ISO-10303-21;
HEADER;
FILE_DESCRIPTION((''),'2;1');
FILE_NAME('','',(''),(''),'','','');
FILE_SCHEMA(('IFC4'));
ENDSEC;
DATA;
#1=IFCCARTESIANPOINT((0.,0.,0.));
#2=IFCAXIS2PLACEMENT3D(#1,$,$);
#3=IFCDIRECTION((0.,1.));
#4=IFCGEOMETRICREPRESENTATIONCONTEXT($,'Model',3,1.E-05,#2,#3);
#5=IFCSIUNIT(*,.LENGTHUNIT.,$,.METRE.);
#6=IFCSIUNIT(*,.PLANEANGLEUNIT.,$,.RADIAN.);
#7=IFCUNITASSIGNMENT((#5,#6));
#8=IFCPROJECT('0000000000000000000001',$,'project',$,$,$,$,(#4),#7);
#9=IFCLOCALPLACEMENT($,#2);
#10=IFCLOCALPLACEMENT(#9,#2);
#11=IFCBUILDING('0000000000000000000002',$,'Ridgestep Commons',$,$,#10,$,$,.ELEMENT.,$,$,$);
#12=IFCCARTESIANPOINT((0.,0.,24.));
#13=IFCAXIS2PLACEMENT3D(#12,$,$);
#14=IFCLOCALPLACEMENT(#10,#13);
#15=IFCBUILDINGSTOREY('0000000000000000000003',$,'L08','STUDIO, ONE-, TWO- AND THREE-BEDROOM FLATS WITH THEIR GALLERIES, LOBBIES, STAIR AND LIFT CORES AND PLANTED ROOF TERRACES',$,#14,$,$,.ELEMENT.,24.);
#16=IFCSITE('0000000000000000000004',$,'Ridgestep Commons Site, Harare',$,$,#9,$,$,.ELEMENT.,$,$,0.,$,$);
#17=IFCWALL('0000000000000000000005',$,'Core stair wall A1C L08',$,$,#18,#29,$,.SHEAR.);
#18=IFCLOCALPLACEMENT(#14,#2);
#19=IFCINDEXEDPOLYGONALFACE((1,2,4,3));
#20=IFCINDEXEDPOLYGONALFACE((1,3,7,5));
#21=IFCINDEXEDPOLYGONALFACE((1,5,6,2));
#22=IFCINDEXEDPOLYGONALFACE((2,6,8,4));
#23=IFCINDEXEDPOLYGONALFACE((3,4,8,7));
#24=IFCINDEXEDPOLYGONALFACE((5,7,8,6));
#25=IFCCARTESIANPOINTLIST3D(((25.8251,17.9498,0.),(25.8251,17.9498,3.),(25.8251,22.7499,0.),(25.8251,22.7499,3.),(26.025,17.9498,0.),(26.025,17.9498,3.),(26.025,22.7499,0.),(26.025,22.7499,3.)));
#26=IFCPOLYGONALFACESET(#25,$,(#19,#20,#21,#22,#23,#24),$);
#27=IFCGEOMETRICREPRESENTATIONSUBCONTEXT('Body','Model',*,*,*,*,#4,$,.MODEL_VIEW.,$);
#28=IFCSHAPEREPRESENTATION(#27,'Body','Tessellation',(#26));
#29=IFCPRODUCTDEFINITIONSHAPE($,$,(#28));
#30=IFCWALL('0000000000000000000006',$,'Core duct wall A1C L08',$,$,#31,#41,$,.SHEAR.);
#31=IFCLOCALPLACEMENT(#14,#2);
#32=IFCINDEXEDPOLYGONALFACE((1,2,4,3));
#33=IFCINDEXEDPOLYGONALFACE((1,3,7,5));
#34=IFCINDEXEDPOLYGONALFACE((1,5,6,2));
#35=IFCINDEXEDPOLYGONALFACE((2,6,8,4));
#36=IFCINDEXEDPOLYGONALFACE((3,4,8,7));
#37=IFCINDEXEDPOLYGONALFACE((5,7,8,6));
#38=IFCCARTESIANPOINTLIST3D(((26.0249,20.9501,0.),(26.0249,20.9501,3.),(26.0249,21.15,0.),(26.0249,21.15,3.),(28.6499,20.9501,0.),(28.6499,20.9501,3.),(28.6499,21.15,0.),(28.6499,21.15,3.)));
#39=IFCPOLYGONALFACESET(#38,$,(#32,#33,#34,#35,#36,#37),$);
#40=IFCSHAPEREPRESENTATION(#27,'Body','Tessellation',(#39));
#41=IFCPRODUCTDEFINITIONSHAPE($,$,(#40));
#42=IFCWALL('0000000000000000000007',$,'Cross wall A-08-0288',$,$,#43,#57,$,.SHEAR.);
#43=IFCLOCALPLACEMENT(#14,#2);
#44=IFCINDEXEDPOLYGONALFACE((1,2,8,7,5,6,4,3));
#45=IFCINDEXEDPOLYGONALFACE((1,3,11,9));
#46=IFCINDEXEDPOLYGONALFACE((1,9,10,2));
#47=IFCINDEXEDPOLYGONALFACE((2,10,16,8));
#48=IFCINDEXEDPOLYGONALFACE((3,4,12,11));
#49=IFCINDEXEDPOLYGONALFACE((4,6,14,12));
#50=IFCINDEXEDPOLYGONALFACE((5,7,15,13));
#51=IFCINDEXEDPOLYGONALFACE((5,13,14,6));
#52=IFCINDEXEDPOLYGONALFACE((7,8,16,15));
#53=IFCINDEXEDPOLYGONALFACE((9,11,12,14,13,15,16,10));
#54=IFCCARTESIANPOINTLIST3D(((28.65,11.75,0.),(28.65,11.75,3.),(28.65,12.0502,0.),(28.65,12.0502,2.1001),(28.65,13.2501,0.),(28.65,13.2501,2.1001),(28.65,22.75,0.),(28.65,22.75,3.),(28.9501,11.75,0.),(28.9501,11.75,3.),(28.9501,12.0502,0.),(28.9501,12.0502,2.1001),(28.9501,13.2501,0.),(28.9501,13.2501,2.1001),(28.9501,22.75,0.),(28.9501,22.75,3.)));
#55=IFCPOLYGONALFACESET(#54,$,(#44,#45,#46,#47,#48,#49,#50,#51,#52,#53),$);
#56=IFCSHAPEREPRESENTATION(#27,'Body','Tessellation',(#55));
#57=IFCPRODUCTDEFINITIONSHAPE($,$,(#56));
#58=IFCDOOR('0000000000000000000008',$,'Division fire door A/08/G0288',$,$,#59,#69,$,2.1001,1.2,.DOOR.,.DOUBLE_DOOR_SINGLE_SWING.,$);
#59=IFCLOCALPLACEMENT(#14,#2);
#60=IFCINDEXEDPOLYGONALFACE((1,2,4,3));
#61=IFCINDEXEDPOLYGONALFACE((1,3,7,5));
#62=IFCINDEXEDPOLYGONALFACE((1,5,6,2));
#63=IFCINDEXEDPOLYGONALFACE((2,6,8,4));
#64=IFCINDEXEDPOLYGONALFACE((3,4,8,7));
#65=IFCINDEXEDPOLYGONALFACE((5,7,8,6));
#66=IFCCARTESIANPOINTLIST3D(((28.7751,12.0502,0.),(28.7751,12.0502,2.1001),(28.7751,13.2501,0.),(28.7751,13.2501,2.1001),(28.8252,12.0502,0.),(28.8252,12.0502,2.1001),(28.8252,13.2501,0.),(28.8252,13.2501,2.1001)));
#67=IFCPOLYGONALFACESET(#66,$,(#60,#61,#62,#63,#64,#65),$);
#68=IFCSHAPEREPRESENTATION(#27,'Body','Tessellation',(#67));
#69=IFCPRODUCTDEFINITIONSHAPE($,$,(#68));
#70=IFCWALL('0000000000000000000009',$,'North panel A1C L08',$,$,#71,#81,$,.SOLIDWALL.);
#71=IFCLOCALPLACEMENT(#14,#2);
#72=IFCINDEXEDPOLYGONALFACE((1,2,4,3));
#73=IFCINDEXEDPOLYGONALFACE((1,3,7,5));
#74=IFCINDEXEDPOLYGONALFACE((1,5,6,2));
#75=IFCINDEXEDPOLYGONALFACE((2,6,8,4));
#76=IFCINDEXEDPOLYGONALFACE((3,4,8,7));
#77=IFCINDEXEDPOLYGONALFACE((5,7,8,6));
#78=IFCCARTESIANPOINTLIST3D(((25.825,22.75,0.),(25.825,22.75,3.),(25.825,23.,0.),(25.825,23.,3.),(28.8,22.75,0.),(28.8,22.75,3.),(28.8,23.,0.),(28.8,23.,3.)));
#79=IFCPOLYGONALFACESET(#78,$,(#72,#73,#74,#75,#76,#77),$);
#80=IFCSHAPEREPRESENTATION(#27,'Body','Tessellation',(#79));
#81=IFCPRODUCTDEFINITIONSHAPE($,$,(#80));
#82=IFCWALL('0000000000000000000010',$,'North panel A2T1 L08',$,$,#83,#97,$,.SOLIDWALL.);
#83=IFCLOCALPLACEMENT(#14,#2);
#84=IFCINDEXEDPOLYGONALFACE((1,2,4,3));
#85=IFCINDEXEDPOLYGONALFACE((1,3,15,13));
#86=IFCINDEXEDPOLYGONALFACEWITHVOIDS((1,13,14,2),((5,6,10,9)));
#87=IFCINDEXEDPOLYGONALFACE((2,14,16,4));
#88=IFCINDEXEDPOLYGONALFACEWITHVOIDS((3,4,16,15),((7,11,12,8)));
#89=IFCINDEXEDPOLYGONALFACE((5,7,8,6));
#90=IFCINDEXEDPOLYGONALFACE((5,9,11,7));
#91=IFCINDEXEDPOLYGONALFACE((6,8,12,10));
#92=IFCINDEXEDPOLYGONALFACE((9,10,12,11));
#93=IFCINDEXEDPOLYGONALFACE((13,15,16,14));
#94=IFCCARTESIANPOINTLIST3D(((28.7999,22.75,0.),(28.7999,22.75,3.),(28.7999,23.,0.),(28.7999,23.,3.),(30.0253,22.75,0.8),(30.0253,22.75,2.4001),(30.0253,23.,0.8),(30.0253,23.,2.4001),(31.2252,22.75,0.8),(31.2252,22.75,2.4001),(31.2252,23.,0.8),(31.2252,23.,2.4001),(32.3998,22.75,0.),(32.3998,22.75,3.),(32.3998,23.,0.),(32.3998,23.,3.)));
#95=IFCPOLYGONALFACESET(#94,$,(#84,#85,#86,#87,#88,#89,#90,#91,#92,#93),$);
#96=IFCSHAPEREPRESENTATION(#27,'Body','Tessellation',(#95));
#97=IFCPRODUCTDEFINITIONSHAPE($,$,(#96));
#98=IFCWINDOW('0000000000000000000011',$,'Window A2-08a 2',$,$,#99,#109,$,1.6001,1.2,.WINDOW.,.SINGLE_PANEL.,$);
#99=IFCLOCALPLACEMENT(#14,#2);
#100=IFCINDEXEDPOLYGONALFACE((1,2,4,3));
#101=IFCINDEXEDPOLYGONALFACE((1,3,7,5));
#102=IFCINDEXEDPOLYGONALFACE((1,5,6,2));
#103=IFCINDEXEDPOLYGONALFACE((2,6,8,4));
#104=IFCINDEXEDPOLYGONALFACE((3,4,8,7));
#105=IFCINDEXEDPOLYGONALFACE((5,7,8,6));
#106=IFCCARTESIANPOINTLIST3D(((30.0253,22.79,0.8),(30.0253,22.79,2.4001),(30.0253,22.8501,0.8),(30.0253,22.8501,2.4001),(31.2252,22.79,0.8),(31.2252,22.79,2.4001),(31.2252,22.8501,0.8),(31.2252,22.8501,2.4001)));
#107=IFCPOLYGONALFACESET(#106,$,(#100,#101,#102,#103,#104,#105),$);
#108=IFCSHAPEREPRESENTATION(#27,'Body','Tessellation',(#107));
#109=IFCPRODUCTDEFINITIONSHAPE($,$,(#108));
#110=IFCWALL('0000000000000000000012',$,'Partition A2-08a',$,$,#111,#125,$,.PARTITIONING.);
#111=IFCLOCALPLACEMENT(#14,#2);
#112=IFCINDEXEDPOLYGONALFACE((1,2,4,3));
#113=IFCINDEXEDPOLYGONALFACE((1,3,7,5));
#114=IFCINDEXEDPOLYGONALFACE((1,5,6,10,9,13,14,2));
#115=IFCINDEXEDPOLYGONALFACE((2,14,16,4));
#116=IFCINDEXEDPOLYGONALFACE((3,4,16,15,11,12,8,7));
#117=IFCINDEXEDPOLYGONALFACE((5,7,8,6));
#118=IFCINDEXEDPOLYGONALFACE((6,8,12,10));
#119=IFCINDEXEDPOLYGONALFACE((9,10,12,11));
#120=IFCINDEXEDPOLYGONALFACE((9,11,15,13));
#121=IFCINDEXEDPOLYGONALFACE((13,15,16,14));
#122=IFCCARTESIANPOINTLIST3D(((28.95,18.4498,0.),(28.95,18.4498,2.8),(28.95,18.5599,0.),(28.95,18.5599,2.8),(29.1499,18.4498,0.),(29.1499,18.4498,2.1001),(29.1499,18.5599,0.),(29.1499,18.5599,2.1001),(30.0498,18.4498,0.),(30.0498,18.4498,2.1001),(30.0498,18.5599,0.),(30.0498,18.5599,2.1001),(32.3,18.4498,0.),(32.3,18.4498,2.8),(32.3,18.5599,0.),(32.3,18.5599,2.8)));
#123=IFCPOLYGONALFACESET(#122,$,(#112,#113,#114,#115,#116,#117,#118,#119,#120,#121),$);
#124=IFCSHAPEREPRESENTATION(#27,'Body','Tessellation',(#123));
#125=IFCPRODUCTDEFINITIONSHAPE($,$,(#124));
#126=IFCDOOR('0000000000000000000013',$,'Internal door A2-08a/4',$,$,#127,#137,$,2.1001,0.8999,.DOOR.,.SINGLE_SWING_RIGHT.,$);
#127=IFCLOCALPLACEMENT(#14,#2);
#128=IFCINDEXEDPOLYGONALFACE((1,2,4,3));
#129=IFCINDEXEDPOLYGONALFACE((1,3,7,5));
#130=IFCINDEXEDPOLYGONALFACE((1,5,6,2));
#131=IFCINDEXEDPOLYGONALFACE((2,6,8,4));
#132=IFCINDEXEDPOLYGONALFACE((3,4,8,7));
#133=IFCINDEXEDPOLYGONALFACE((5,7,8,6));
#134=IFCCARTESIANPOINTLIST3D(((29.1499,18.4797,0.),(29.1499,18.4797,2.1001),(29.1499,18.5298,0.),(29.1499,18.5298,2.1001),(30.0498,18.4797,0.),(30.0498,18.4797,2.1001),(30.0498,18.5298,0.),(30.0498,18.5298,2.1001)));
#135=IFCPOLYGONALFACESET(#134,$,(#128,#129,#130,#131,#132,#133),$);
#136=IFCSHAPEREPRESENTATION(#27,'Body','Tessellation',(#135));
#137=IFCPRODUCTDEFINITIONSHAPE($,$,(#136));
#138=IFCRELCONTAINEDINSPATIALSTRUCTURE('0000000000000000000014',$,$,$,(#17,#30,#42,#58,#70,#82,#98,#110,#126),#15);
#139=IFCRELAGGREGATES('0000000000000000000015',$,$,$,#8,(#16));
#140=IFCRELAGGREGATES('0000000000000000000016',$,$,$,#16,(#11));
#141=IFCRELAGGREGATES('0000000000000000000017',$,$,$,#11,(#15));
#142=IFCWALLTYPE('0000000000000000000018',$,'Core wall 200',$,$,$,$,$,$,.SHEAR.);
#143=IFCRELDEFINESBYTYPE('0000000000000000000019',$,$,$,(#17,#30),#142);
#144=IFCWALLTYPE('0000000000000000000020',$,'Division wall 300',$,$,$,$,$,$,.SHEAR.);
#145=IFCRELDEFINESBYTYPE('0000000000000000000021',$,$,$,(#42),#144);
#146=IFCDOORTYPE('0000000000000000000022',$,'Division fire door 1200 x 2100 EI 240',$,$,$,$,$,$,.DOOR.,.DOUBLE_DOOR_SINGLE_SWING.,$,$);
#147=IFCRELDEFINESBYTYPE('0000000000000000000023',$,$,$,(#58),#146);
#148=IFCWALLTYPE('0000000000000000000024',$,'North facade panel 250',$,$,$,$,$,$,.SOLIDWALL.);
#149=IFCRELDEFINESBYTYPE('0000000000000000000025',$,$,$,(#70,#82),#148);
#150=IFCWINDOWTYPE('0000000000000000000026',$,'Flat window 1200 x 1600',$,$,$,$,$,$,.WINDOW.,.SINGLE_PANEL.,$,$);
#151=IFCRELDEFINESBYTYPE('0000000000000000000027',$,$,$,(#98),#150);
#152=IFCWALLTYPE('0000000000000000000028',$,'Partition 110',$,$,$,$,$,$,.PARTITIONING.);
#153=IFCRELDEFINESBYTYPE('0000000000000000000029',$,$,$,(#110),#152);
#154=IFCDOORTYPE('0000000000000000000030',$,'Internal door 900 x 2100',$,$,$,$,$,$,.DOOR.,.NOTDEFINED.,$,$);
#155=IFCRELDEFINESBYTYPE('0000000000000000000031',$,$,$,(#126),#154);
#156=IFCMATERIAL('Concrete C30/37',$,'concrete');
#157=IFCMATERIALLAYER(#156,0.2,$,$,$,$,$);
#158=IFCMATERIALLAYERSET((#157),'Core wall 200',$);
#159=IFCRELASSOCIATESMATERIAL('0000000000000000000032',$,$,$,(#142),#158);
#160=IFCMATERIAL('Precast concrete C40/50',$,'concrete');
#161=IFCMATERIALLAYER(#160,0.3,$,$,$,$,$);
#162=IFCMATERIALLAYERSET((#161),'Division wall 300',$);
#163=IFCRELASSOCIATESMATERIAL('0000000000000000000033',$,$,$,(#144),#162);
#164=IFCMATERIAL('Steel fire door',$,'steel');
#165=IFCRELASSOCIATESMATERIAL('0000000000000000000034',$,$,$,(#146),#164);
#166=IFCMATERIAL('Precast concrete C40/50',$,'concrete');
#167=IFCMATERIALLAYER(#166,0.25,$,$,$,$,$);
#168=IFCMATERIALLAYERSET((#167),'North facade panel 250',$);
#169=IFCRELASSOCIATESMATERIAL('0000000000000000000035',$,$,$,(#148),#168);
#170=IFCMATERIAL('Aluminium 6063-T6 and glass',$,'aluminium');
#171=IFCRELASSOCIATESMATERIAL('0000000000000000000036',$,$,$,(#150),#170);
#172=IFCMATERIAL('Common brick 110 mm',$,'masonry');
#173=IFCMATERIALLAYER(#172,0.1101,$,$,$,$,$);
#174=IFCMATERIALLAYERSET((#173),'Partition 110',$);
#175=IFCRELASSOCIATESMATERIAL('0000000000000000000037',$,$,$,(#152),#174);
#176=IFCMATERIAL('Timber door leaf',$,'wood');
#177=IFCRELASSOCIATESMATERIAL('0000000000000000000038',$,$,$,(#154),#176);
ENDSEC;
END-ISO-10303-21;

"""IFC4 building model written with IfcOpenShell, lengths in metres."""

from ifc_helpers import new_model, si_unit, direction, frame, frame_2d, origin, place, context, subcontext, project, spatial, rectangle, extrude, material, layer, layer_set, type_object, element, fill, save


model = new_model("IFC4")

# Units and contexts
model_context = context("Model", 3, precision=1e-05, world=origin(), true_north=direction((0.0, 1.0)))
body_context = subcontext(model_context, "Body", "Model", "MODEL_VIEW")
ifc_project = project(units=[si_unit("LENGTHUNIT", "METRE"), si_unit("PLANEANGLEUNIT", "RADIAN")], contexts=[model_context])

# Site, building, storey
site_placement = place(None, origin())
site = spatial("IfcSite", under=ifc_project, at=site_placement, Name="Ridgestep Commons Site, Harare", CompositionType="ELEMENT", RefElevation=0.0)
building_placement = place(site_placement, origin())
building = spatial("IfcBuilding", under=site, at=building_placement, Name="Ridgestep Commons", CompositionType="ELEMENT")
storey_placement = place(building_placement, frame((0.0, 0.0, 24.0)))
storey = spatial("IfcBuildingStorey", under=building, at=storey_placement, Name="L08", Description="STUDIO, ONE-, TWO- AND THREE-BEDROOM FLATS WITH THEIR GALLERIES, LOBBIES, STAIR AND LIFT CORES AND PLANTED ROOF TERRACES", CompositionType="ELEMENT", Elevation=24.0)

# Walls
ifc_material_1 = material(Name="Concrete C30/37", Category="concrete")
ifc_layer_1 = layer(ifc_material_1, 0.2)
ifc_layer_set_1 = layer_set([ifc_layer_1], Name="Core wall 200")
wall_type_1 = type_object("IfcWallType", Name="Core wall 200", PredefinedType="SHEAR", material=ifc_layer_set_1)
wall_1_placement = place(storey_placement, frame((25.925, 17.95, 0.0), z_axis=(0.0, 0.0, 1.0), x_axis=(0.0, 1.0, 0.0)))
element("IfcWall", 1, at=wall_1_placement, inside=storey, type_object=wall_type_1, Name="Core stair wall A1C L08", PredefinedType="SHEAR", context=body_context, shape_type="SweptSolid", body=[
    extrude(rectangle(XDim=4.8, YDim=0.2, at=frame_2d((2.3999, 0.0))), origin(), (0.0, 0.0, 1.0), 3.0),
])
wall_2_placement = place(storey_placement, frame((26.0249, 21.05, 0.0), z_axis=(0.0, 0.0, 1.0), x_axis=(1.0, 0.0, 0.0)))
element("IfcWall", 2, at=wall_2_placement, inside=storey, type_object=wall_type_1, Name="Core duct wall A1C L08", PredefinedType="SHEAR", context=body_context, shape_type="SweptSolid", body=[
    extrude(rectangle(XDim=2.625, YDim=0.2, at=frame_2d((1.3125, 0.0))), origin(), (0.0, 0.0, 1.0), 3.0),
])

# Wall, opening, door
ifc_material_2 = material(Name="Precast concrete C40/50", Category="concrete")
ifc_layer_2 = layer(ifc_material_2, 0.3)
ifc_layer_set_2 = layer_set([ifc_layer_2], Name="Division wall 300")
wall_type_2 = type_object("IfcWallType", Name="Division wall 300", PredefinedType="SHEAR", material=ifc_layer_set_2)
wall_3_placement = place(storey_placement, frame((28.8, 11.75, 0.0), z_axis=(0.0, 0.0, 1.0), x_axis=(0.0, 1.0, 0.0)))
wall_3 = element("IfcWall", 3, at=wall_3_placement, inside=storey, type_object=wall_type_2, Name="Cross wall A-08-0288", PredefinedType="SHEAR", context=body_context, shape_type="SweptSolid", body=[
    extrude(rectangle(XDim=11.0, YDim=0.3, at=frame_2d((5.5, 0.0))), origin(), (0.0, 0.0, 1.0), 3.0),
])
opening_1_placement = place(wall_3_placement, frame((0.3, 0.0, 0.0)))
opening_1 = element("IfcOpeningElement", 4, at=opening_1_placement, cuts=wall_3, PredefinedType="OPENING", context=body_context, shape_type="SweptSolid", body=[
    extrude(rectangle(XDim=1.2, YDim=2.1001, at=frame_2d((0.6001, 1.05))), frame((0.0, 0.1599, 0.0), z_axis=(0.0, -1.0, 0.0), x_axis=(1.0, 0.0, 0.0)), (0.0, 0.0, 1.0), 0.3201),
])
ifc_material_3 = material(Name="Steel fire door", Category="steel")
door_type_1 = type_object("IfcDoorType", Name="Division fire door 1200 x 2100 EI 240", OperationType="DOUBLE_DOOR_SINGLE_SWING", PredefinedType="DOOR", material=ifc_material_3)
door_1_placement = place(opening_1_placement, origin())
door_1 = element("IfcDoor", 5, at=door_1_placement, inside=storey, type_object=door_type_1, Name="Division fire door A/08/G0288", OperationType="DOUBLE_DOOR_SINGLE_SWING", OverallHeight=2.1001, OverallWidth=1.2, PredefinedType="DOOR", context=body_context, shape_type="SweptSolid", body=[
    extrude(rectangle(XDim=1.2, YDim=2.1001, at=frame_2d((0.6001, 1.05))), frame((0.0, 0.0249, 0.0), z_axis=(0.0, -1.0, 0.0), x_axis=(1.0, 0.0, 0.0)), (0.0, 0.0, 1.0), 0.05),
])
fill(opening_1, door_1)

# Wall
ifc_material_4 = material(Name="Precast concrete C40/50", Category="concrete")
ifc_layer_3 = layer(ifc_material_4, 0.25)
ifc_layer_set_3 = layer_set([ifc_layer_3], Name="North facade panel 250")
wall_type_3 = type_object("IfcWallType", Name="North facade panel 250", PredefinedType="SOLIDWALL", material=ifc_layer_set_3)
wall_4_placement = place(storey_placement, frame((25.825, 22.875, 0.0), z_axis=(0.0, 0.0, 1.0), x_axis=(1.0, 0.0, 0.0)))
element("IfcWall", 6, at=wall_4_placement, inside=storey, type_object=wall_type_3, Name="North panel A1C L08", PredefinedType="SOLIDWALL", context=body_context, shape_type="SweptSolid", body=[
    extrude(rectangle(XDim=2.9751, YDim=0.25, at=frame_2d((1.4875, 0.0))), origin(), (0.0, 0.0, 1.0), 3.0),
])

# Wall, opening, window
wall_5_placement = place(storey_placement, frame((28.8, 22.875, 0.0), z_axis=(0.0, 0.0, 1.0), x_axis=(1.0, 0.0, 0.0)))
wall_5 = element("IfcWall", 7, at=wall_5_placement, inside=storey, type_object=wall_type_3, Name="North panel A2T1 L08", PredefinedType="SOLIDWALL", context=body_context, shape_type="SweptSolid", body=[
    extrude(rectangle(XDim=3.5999, YDim=0.25, at=frame_2d((1.7998, 0.0))), origin(), (0.0, 0.0, 1.0), 3.0),
])
opening_2_placement = place(wall_5_placement, frame((1.2251, 0.0, 0.8)))
opening_2 = element("IfcOpeningElement", 8, at=opening_2_placement, cuts=wall_5, PredefinedType="OPENING", context=body_context, shape_type="SweptSolid", body=[
    extrude(rectangle(XDim=1.2, YDim=1.6001, at=frame_2d((0.6001, 0.8))), frame((0.0, 0.135, 0.0), z_axis=(0.0, -1.0, 0.0), x_axis=(1.0, 0.0, 0.0)), (0.0, 0.0, 1.0), 0.27),
])
ifc_material_5 = material(Name="Aluminium 6063-T6 and glass", Category="aluminium")
window_type_1 = type_object("IfcWindowType", Name="Flat window 1200 x 1600", PartitioningType="SINGLE_PANEL", PredefinedType="WINDOW", material=ifc_material_5)
window_1_placement = place(opening_2_placement, origin())
window_1 = element("IfcWindow", 9, at=window_1_placement, inside=storey, type_object=window_type_1, Name="Window A2-08a 2", OverallHeight=1.6001, OverallWidth=1.2, PartitioningType="SINGLE_PANEL", PredefinedType="WINDOW", context=body_context, shape_type="SweptSolid", body=[
    extrude(rectangle(XDim=1.2, YDim=1.6001, at=frame_2d((0.6001, 0.8))), frame((0.0, -0.0249, 0.0), z_axis=(0.0, -1.0, 0.0), x_axis=(1.0, 0.0, 0.0)), (0.0, 0.0, 1.0), 0.0601),
])
fill(opening_2, window_1)

# Wall, opening, door
ifc_material_6 = material(Name="Common brick 110 mm", Category="masonry")
ifc_layer_4 = layer(ifc_material_6, 0.1101)
ifc_layer_set_4 = layer_set([ifc_layer_4], Name="Partition 110")
wall_type_4 = type_object("IfcWallType", Name="Partition 110", PredefinedType="PARTITIONING", material=ifc_layer_set_4)
wall_6_placement = place(storey_placement, frame((28.95, 18.5049, 0.0), z_axis=(0.0, 0.0, 1.0), x_axis=(1.0, 0.0, 0.0)))
wall_6 = element("IfcWall", 10, at=wall_6_placement, inside=storey, type_object=wall_type_4, Name="Partition A2-08a", PredefinedType="PARTITIONING", context=body_context, shape_type="SweptSolid", body=[
    extrude(rectangle(XDim=3.3501, YDim=0.1101, at=frame_2d((1.675, 0.0))), origin(), (0.0, 0.0, 1.0), 2.8),
])
opening_3_placement = place(wall_6_placement, frame((0.2, 0.0, 0.0)))
opening_3 = element("IfcOpeningElement", 11, at=opening_3_placement, cuts=wall_6, PredefinedType="OPENING", context=body_context, shape_type="SweptSolid", body=[
    extrude(rectangle(XDim=0.8999, YDim=2.1001, at=frame_2d((0.45, 1.05))), frame((0.0, 0.0649, 0.0), z_axis=(0.0, -1.0, 0.0), x_axis=(1.0, 0.0, 0.0)), (0.0, 0.0, 1.0), 0.1301),
])
ifc_material_7 = material(Name="Timber door leaf", Category="wood")
door_type_2 = type_object("IfcDoorType", Name="Internal door 900 x 2100", OperationType="NOTDEFINED", PredefinedType="DOOR", material=ifc_material_7)
door_2_placement = place(opening_3_placement, origin())
door_2 = element("IfcDoor", 12, at=door_2_placement, inside=storey, type_object=door_type_2, Name="Internal door A2-08a/4", OperationType="SINGLE_SWING_RIGHT", OverallHeight=2.1001, OverallWidth=0.8999, PredefinedType="DOOR", context=body_context, shape_type="SweptSolid", body=[
    extrude(rectangle(XDim=0.8999, YDim=2.1001, at=frame_2d((0.45, 1.05))), frame((0.0, 0.0249, 0.0), z_axis=(0.0, -1.0, 0.0), x_axis=(1.0, 0.0, 0.0)), (0.0, 0.0, 1.0), 0.05),
])
fill(opening_3, door_2)

save(model, "model.ifc")
